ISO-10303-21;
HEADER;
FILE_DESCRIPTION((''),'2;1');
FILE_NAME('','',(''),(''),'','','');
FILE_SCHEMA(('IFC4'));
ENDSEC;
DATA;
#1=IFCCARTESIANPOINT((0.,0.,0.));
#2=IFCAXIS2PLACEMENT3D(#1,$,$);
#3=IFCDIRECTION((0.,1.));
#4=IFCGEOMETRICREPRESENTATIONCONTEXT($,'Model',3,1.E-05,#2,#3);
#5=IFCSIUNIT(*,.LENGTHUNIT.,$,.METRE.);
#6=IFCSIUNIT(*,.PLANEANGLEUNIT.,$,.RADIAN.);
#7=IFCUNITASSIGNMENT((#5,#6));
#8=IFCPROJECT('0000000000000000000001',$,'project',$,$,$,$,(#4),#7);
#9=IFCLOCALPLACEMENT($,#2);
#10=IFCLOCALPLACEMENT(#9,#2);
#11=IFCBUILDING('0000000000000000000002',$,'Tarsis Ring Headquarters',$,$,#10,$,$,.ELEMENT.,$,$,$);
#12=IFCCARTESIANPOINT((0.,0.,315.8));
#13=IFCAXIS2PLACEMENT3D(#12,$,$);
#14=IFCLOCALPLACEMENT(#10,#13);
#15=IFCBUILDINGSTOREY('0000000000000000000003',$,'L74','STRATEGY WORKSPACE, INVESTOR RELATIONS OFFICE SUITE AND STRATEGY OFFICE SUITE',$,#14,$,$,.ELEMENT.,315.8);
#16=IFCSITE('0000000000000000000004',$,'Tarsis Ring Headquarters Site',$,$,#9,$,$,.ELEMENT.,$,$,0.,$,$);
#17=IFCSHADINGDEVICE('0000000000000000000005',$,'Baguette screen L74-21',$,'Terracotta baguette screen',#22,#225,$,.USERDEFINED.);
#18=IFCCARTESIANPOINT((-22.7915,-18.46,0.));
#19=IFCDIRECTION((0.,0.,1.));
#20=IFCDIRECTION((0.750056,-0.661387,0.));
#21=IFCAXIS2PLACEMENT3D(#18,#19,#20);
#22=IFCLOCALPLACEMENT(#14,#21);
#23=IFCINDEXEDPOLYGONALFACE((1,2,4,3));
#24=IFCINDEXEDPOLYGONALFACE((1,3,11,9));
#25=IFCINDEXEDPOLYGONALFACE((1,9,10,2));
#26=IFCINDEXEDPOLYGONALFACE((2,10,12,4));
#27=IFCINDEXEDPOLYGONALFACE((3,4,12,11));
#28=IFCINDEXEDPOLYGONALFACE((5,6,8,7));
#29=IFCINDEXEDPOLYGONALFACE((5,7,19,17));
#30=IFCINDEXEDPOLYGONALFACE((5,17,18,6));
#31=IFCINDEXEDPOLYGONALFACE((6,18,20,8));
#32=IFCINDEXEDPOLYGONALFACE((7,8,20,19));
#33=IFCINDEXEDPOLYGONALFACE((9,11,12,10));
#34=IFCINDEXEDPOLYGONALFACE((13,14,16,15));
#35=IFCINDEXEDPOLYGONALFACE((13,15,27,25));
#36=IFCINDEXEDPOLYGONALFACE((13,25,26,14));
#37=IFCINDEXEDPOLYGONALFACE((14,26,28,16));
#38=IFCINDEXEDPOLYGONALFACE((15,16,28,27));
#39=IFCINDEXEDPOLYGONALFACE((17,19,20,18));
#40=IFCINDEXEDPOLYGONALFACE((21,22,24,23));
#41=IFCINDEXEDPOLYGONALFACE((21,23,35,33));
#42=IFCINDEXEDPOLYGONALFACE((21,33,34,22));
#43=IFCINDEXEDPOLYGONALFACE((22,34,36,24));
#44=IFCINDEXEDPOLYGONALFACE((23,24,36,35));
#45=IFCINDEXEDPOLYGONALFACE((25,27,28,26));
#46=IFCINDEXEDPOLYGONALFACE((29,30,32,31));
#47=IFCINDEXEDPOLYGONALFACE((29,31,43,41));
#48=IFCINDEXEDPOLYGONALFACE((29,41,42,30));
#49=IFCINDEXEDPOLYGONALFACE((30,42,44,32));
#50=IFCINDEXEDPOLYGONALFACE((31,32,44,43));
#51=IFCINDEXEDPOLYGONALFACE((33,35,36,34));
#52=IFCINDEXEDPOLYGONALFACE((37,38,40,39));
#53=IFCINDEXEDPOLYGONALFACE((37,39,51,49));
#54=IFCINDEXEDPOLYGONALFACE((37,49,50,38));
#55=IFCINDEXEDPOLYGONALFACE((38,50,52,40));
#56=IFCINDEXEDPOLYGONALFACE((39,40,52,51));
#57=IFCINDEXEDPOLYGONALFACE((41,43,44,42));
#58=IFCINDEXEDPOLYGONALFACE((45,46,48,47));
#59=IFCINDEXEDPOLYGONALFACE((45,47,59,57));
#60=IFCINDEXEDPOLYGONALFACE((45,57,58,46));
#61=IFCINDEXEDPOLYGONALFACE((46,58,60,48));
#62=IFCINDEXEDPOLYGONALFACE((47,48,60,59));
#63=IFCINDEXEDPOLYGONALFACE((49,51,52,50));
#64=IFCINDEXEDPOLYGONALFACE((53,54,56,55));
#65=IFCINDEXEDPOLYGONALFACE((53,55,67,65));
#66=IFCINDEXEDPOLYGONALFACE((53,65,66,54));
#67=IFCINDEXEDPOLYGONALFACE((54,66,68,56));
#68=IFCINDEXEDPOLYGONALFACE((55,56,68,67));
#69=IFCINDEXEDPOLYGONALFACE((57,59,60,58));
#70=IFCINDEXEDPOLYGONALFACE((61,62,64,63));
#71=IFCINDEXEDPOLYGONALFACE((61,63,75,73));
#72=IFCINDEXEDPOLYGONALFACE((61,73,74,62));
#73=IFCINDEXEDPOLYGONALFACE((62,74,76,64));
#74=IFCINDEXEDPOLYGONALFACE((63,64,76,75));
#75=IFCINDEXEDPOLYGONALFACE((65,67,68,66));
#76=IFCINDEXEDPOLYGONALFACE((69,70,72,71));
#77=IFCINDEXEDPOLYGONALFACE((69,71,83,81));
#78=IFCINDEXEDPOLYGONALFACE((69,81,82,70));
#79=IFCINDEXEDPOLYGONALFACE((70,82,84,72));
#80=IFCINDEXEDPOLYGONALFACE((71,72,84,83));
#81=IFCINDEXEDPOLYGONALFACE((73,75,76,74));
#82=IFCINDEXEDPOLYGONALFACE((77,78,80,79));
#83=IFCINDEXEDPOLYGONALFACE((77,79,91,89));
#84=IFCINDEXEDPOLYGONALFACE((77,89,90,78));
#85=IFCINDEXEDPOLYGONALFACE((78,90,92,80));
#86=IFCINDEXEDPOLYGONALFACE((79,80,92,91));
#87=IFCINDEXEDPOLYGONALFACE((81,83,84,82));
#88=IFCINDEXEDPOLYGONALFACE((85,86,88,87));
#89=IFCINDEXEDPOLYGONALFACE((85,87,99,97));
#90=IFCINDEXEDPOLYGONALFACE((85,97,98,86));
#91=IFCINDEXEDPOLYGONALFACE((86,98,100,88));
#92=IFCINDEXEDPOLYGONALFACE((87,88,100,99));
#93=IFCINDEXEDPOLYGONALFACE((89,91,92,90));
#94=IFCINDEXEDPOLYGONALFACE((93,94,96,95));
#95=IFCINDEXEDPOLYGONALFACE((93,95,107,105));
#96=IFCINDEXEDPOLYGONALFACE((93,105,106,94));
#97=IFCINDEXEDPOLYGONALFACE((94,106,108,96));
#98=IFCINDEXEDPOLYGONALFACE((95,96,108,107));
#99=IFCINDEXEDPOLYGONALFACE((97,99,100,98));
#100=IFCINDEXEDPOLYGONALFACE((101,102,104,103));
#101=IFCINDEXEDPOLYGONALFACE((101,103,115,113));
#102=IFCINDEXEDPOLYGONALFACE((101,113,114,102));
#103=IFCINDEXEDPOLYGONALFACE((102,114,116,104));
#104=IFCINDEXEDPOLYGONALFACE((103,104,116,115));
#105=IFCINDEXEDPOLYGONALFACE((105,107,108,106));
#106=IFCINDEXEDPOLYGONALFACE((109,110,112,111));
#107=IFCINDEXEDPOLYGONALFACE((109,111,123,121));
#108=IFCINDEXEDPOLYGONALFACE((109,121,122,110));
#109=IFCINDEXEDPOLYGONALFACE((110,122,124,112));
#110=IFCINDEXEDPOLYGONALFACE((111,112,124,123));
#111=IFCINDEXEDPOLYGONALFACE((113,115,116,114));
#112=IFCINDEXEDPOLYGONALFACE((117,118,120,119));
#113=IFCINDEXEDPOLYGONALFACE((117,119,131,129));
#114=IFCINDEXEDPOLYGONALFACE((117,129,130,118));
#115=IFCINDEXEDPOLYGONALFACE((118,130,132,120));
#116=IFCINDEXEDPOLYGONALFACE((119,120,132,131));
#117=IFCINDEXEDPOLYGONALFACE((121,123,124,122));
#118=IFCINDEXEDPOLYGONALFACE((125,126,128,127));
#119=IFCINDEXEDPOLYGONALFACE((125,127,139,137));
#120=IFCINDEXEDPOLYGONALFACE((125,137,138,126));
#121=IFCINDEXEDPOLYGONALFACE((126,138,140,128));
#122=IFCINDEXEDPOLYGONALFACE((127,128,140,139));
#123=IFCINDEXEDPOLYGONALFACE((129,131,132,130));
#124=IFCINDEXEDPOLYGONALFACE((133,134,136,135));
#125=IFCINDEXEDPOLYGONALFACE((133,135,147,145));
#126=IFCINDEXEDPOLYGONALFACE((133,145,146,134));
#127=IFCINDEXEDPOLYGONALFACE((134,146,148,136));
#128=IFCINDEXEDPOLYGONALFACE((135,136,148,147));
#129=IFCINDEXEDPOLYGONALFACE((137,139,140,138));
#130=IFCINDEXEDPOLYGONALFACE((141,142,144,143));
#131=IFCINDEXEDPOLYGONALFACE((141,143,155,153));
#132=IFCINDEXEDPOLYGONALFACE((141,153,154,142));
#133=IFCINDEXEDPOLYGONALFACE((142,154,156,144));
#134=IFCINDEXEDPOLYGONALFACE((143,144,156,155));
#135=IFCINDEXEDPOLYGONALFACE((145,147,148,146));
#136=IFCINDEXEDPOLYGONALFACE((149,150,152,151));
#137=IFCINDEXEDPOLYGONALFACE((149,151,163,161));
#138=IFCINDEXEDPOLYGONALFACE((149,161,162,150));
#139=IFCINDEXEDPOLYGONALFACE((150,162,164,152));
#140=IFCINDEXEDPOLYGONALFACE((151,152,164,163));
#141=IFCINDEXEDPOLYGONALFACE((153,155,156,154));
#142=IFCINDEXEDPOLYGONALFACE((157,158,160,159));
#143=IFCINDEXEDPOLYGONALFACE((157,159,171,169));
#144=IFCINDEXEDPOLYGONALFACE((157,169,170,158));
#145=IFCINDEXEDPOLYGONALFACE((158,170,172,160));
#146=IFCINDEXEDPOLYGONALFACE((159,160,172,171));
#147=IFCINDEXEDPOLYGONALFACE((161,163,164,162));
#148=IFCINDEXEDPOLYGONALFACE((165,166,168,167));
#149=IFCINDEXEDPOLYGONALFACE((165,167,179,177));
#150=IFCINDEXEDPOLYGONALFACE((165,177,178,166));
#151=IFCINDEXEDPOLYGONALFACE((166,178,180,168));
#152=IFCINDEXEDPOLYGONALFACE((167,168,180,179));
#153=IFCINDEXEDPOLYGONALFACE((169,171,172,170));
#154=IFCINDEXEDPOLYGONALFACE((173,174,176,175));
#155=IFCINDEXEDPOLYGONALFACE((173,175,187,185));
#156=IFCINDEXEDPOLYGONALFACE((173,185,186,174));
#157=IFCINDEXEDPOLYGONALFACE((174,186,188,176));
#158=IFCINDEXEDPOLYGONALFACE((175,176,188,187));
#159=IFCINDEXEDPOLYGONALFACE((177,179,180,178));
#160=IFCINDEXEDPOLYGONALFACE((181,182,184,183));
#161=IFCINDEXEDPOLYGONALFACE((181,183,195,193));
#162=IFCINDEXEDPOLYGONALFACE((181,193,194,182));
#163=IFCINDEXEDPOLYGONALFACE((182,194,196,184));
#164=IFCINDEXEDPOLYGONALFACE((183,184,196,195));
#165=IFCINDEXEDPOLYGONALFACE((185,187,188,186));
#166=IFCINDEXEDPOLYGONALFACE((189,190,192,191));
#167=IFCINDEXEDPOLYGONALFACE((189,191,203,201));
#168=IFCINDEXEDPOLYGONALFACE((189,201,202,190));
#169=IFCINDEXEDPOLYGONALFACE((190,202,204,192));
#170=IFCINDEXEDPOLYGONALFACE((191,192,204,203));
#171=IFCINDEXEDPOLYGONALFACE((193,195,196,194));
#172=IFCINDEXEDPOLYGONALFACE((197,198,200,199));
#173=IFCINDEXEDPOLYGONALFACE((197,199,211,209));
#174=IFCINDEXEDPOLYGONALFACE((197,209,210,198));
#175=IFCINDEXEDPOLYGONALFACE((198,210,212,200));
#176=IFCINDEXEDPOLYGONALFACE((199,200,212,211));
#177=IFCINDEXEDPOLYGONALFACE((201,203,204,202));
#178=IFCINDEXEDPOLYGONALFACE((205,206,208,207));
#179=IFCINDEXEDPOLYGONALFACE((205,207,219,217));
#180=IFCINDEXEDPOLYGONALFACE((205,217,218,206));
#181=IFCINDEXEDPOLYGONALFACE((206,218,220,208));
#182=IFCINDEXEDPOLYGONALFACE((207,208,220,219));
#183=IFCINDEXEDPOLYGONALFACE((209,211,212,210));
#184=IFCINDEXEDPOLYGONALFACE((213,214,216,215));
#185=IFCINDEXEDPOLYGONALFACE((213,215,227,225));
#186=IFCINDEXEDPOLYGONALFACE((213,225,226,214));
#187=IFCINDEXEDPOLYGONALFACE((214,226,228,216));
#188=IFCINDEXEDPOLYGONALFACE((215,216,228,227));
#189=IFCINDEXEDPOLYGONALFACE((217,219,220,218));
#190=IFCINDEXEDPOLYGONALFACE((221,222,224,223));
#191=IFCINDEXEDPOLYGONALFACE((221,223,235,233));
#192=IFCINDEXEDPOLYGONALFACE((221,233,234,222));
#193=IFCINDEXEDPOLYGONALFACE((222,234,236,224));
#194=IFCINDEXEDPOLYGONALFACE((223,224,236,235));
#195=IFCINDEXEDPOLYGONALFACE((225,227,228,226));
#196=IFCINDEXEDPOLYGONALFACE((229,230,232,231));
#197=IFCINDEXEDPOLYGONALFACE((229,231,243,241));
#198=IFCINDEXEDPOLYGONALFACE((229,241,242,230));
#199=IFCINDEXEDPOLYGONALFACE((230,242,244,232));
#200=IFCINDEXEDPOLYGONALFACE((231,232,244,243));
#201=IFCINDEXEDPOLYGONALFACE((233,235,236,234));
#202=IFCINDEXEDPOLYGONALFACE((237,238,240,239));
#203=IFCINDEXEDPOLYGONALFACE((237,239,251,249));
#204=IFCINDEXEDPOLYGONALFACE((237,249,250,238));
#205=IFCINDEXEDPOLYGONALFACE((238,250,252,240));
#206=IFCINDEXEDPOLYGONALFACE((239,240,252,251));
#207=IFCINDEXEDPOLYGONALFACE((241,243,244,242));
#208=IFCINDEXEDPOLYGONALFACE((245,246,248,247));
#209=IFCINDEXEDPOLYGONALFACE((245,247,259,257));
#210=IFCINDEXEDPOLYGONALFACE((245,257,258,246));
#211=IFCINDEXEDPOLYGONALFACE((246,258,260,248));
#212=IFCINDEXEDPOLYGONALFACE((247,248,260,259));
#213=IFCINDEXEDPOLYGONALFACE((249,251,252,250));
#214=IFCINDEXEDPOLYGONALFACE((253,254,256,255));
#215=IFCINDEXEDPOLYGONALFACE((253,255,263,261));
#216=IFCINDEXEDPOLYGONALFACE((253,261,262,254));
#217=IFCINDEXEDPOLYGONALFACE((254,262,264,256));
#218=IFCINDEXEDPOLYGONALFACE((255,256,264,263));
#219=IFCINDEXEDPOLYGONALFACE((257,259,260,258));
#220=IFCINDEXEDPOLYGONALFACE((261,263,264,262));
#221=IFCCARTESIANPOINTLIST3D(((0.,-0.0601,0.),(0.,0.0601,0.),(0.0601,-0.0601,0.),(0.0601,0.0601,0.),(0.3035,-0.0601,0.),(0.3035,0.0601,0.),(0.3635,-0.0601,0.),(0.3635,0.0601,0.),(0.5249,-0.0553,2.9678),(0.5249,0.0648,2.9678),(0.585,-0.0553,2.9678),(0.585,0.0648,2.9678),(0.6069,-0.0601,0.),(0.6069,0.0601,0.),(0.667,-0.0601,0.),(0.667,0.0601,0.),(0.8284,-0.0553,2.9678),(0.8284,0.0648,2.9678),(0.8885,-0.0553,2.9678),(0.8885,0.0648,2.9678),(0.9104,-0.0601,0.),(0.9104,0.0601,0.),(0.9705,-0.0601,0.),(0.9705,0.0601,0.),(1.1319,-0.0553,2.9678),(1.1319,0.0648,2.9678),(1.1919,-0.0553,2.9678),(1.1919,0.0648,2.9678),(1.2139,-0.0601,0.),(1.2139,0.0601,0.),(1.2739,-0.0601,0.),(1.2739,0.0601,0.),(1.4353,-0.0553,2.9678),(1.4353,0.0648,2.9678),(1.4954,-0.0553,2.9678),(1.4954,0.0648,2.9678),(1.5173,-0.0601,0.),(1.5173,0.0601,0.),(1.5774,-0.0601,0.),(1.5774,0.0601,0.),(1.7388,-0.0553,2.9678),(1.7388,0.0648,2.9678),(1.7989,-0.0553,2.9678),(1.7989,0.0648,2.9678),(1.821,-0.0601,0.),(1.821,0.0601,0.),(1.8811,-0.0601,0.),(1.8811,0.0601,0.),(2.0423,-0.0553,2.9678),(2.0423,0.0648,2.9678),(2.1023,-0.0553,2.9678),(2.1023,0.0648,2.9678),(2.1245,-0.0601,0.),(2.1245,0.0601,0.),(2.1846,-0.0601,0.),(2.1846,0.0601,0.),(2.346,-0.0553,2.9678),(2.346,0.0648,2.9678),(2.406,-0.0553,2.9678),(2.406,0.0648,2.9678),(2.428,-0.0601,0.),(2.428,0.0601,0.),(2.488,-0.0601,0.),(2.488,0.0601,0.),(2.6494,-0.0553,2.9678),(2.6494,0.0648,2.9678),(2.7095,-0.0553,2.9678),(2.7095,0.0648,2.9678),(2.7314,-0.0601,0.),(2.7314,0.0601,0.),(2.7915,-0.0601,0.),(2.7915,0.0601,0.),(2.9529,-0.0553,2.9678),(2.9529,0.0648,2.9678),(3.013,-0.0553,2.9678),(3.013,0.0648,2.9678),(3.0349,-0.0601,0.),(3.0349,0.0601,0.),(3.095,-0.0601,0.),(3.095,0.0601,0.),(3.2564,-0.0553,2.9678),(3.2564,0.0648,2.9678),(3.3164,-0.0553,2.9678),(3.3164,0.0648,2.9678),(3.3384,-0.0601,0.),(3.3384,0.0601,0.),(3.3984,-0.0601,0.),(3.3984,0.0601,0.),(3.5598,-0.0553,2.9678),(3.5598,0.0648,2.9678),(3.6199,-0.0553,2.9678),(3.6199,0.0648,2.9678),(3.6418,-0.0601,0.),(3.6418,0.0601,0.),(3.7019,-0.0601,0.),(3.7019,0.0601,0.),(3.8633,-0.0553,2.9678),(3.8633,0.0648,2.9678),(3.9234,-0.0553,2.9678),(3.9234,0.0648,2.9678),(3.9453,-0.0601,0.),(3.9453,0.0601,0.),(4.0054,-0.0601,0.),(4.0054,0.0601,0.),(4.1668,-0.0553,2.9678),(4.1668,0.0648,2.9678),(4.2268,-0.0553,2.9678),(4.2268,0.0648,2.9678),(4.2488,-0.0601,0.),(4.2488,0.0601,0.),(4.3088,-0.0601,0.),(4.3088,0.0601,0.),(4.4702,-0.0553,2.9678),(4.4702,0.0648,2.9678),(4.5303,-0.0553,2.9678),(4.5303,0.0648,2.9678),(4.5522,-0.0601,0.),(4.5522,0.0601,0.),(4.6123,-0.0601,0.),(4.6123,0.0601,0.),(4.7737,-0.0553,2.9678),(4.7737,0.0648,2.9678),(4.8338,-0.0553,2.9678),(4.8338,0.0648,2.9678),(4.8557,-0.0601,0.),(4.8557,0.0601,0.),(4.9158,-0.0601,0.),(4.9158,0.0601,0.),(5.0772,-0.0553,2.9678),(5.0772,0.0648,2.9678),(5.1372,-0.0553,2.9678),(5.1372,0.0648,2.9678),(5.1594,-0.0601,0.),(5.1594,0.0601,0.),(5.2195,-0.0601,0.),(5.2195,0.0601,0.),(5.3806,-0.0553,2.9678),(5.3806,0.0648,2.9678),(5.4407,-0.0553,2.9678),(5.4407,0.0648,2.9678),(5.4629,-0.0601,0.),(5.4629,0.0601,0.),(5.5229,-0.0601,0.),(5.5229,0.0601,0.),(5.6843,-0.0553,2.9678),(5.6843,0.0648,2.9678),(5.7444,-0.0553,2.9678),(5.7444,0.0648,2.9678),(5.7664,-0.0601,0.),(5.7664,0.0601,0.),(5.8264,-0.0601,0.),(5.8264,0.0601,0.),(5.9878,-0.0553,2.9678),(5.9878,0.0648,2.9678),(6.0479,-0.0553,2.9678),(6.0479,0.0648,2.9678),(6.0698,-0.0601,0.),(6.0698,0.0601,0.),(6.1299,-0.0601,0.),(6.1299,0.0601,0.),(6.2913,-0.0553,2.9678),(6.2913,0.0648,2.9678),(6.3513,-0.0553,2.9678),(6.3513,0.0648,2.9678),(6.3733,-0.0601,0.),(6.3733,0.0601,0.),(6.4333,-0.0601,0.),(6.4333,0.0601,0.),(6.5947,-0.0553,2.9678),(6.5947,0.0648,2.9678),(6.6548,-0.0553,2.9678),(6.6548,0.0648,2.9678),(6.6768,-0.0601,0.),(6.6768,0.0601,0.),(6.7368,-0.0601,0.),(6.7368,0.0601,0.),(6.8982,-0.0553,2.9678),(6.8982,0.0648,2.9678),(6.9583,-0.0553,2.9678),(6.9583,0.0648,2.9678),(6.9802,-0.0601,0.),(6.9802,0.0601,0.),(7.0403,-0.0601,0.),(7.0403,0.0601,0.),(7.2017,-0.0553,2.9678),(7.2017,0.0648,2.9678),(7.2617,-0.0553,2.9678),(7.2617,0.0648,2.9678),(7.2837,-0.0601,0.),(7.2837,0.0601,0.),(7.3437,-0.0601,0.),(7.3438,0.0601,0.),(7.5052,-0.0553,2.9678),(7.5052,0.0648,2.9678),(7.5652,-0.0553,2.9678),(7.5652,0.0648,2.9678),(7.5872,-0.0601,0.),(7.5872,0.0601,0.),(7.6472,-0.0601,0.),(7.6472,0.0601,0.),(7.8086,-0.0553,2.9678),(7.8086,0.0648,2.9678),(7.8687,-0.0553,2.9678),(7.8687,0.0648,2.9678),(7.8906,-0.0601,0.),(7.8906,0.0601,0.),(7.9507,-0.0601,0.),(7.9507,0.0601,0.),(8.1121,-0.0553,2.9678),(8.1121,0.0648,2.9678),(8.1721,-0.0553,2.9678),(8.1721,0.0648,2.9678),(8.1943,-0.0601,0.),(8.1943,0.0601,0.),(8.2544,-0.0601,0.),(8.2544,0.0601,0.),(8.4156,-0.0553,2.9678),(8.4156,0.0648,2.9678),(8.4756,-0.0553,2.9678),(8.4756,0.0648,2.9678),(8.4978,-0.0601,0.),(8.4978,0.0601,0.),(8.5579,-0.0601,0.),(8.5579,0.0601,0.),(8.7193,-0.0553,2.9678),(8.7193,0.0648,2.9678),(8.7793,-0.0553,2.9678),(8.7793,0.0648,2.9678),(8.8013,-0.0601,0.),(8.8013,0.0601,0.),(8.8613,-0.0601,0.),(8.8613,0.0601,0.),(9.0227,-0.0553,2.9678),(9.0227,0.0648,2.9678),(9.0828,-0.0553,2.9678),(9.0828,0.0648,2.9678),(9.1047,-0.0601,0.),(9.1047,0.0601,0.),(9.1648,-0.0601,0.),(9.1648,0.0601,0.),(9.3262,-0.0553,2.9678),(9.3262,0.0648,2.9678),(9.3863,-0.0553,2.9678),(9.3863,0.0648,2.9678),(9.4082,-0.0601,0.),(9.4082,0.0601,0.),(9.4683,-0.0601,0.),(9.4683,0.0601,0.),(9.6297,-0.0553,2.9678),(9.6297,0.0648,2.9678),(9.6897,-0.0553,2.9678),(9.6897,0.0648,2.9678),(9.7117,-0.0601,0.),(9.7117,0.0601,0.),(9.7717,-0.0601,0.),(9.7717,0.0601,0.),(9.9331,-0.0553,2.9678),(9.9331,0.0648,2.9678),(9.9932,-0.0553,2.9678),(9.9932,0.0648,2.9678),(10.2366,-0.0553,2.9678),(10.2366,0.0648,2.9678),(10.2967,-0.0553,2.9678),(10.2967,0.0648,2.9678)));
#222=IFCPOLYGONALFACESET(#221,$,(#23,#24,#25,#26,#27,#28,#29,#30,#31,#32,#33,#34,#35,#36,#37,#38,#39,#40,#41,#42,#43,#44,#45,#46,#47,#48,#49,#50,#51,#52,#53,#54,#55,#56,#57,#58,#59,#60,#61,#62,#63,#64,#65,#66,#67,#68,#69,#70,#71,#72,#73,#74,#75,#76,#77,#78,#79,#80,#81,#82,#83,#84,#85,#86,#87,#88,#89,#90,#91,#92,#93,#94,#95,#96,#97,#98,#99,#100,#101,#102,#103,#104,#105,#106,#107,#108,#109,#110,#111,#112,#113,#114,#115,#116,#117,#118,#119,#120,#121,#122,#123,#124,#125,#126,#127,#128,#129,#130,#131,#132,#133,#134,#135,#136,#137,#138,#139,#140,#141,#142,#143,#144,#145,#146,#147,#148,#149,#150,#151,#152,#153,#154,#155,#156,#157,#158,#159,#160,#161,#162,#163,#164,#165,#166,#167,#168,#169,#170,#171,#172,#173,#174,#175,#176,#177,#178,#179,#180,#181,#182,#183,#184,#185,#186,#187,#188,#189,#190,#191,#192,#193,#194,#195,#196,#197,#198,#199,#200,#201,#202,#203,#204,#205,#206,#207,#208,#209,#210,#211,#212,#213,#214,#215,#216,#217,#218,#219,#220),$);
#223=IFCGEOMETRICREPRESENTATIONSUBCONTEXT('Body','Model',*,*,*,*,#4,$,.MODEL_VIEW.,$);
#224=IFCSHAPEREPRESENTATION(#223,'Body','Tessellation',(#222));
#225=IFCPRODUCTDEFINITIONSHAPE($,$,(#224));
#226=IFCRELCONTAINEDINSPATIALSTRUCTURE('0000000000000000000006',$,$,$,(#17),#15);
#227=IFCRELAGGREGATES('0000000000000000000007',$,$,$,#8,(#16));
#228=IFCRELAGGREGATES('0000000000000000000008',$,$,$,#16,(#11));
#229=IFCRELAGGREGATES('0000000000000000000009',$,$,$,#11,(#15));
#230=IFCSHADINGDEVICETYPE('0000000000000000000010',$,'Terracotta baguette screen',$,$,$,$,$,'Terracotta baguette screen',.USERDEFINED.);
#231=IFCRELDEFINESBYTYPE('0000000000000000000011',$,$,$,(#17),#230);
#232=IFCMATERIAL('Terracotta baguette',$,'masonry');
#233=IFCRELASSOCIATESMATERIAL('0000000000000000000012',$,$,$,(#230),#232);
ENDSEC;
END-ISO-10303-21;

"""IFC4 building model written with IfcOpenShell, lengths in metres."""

from ifc_helpers import new_model, si_unit, direction, frame, frame_2d, origin, place, context, subcontext, project, spatial, rectangle, composite_profile, extrude, material, type_object, element, save


model = new_model("IFC4")

# Units and contexts
model_context = context("Model", 3, precision=1e-05, world=origin(), true_north=direction((0.0, 1.0)))
body_context = subcontext(model_context, "Body", "Model", "MODEL_VIEW")
ifc_project = project(units=[si_unit("LENGTHUNIT", "METRE"), si_unit("PLANEANGLEUNIT", "RADIAN")], contexts=[model_context])

# Site, building, storey
site_placement = place(None, origin())
site = spatial("IfcSite", under=ifc_project, at=site_placement, Name="Tarsis Ring Headquarters Site", CompositionType="ELEMENT", RefElevation=0.0)
building_placement = place(site_placement, origin())
building = spatial("IfcBuilding", under=site, at=building_placement, Name="Tarsis Ring Headquarters", CompositionType="ELEMENT")
storey_placement = place(building_placement, frame((0.0, 0.0, 315.8)))
storey = spatial("IfcBuildingStorey", under=building, at=storey_placement, Name="L74", Description="STRATEGY WORKSPACE, INVESTOR RELATIONS OFFICE SUITE AND STRATEGY OFFICE SUITE", CompositionType="ELEMENT", Elevation=315.8)

# Shading device
ifc_material_1 = material(Name="Terracotta baguette", Category="masonry")
shading_device_type_1 = type_object("IfcShadingDeviceType", Name="Terracotta baguette screen", ElementType="Terracotta baguette screen", PredefinedType="USERDEFINED", material=ifc_material_1)
shading_device_1_placement = place(storey_placement, frame((-22.7915, -18.46, 0.0), z_axis=(0.0, 0.0, 1.0), x_axis=(0.750056, -0.661387, 0.0)))
element("IfcShadingDevice", 1, at=shading_device_1_placement, inside=storey, type_object=shading_device_type_1, Name="Baguette screen L74-21", ObjectType="Terracotta baguette screen", PredefinedType="USERDEFINED", context=body_context, shape_type="SweptSolid", body=[
    extrude(composite_profile([rectangle(XDim=0.0601, YDim=0.1201, at=frame_2d((0.03, 0.0))), rectangle(XDim=0.0601, YDim=0.1201, at=frame_2d((0.3335, 0.0))), rectangle(XDim=0.0601, YDim=0.1201, at=frame_2d((0.637, 0.0))), rectangle(XDim=0.0601, YDim=0.1201, at=frame_2d((0.9404, 0.0))), rectangle(XDim=0.0601, YDim=0.1201, at=frame_2d((1.2439, 0.0))), rectangle(XDim=0.0601, YDim=0.1201, at=frame_2d((1.5474, 0.0))), rectangle(XDim=0.0601, YDim=0.1201, at=frame_2d((1.8511, 0.0))), rectangle(XDim=0.0601, YDim=0.1201, at=frame_2d((2.1545, 0.0))), rectangle(XDim=0.0601, YDim=0.1201, at=frame_2d((2.458, 0.0))), rectangle(XDim=0.0601, YDim=0.1201, at=frame_2d((2.7615, 0.0))), rectangle(XDim=0.0601, YDim=0.1201, at=frame_2d((3.0649, 0.0))), rectangle(XDim=0.0601, YDim=0.1201, at=frame_2d((3.3684, 0.0))), rectangle(XDim=0.0601, YDim=0.1201, at=frame_2d((3.6719, 0.0))), rectangle(XDim=0.0601, YDim=0.1201, at=frame_2d((3.9753, 0.0))), rectangle(XDim=0.0601, YDim=0.1201, at=frame_2d((4.2788, 0.0))), rectangle(XDim=0.0601, YDim=0.1201, at=frame_2d((4.5823, 0.0))), rectangle(XDim=0.0601, YDim=0.1201, at=frame_2d((4.8857, 0.0))), rectangle(XDim=0.0601, YDim=0.1201, at=frame_2d((5.1895, 0.0))), rectangle(XDim=0.0601, YDim=0.1201, at=frame_2d((5.4929, 0.0))), rectangle(XDim=0.0601, YDim=0.1201, at=frame_2d((5.7964, 0.0))), rectangle(XDim=0.0601, YDim=0.1201, at=frame_2d((6.0999, 0.0))), rectangle(XDim=0.0601, YDim=0.1201, at=frame_2d((6.4033, 0.0))), rectangle(XDim=0.0601, YDim=0.1201, at=frame_2d((6.7068, 0.0))), rectangle(XDim=0.0601, YDim=0.1201, at=frame_2d((7.0103, 0.0))), rectangle(XDim=0.0601, YDim=0.1201, at=frame_2d((7.3137, 0.0))), rectangle(XDim=0.0601, YDim=0.1201, at=frame_2d((7.6172, 0.0))), rectangle(XDim=0.0601, YDim=0.1201, at=frame_2d((7.9207, 0.0))), rectangle(XDim=0.0601, YDim=0.1201, at=frame_2d((8.2244, 0.0))), rectangle(XDim=0.0601, YDim=0.1201, at=frame_2d((8.5278, 0.0))), rectangle(XDim=0.0601, YDim=0.1201, at=frame_2d((8.8313, 0.0))), rectangle(XDim=0.0601, YDim=0.1201, at=frame_2d((9.1348, 0.0))), rectangle(XDim=0.0601, YDim=0.1201, at=frame_2d((9.4382, 0.0))), rectangle(XDim=0.0601, YDim=0.1201, at=frame_2d((9.7417, 0.0)))]), origin(), (0.174167, 0.001582, 0.984715), 3.0139),
])

save(model, "model.ifc")
